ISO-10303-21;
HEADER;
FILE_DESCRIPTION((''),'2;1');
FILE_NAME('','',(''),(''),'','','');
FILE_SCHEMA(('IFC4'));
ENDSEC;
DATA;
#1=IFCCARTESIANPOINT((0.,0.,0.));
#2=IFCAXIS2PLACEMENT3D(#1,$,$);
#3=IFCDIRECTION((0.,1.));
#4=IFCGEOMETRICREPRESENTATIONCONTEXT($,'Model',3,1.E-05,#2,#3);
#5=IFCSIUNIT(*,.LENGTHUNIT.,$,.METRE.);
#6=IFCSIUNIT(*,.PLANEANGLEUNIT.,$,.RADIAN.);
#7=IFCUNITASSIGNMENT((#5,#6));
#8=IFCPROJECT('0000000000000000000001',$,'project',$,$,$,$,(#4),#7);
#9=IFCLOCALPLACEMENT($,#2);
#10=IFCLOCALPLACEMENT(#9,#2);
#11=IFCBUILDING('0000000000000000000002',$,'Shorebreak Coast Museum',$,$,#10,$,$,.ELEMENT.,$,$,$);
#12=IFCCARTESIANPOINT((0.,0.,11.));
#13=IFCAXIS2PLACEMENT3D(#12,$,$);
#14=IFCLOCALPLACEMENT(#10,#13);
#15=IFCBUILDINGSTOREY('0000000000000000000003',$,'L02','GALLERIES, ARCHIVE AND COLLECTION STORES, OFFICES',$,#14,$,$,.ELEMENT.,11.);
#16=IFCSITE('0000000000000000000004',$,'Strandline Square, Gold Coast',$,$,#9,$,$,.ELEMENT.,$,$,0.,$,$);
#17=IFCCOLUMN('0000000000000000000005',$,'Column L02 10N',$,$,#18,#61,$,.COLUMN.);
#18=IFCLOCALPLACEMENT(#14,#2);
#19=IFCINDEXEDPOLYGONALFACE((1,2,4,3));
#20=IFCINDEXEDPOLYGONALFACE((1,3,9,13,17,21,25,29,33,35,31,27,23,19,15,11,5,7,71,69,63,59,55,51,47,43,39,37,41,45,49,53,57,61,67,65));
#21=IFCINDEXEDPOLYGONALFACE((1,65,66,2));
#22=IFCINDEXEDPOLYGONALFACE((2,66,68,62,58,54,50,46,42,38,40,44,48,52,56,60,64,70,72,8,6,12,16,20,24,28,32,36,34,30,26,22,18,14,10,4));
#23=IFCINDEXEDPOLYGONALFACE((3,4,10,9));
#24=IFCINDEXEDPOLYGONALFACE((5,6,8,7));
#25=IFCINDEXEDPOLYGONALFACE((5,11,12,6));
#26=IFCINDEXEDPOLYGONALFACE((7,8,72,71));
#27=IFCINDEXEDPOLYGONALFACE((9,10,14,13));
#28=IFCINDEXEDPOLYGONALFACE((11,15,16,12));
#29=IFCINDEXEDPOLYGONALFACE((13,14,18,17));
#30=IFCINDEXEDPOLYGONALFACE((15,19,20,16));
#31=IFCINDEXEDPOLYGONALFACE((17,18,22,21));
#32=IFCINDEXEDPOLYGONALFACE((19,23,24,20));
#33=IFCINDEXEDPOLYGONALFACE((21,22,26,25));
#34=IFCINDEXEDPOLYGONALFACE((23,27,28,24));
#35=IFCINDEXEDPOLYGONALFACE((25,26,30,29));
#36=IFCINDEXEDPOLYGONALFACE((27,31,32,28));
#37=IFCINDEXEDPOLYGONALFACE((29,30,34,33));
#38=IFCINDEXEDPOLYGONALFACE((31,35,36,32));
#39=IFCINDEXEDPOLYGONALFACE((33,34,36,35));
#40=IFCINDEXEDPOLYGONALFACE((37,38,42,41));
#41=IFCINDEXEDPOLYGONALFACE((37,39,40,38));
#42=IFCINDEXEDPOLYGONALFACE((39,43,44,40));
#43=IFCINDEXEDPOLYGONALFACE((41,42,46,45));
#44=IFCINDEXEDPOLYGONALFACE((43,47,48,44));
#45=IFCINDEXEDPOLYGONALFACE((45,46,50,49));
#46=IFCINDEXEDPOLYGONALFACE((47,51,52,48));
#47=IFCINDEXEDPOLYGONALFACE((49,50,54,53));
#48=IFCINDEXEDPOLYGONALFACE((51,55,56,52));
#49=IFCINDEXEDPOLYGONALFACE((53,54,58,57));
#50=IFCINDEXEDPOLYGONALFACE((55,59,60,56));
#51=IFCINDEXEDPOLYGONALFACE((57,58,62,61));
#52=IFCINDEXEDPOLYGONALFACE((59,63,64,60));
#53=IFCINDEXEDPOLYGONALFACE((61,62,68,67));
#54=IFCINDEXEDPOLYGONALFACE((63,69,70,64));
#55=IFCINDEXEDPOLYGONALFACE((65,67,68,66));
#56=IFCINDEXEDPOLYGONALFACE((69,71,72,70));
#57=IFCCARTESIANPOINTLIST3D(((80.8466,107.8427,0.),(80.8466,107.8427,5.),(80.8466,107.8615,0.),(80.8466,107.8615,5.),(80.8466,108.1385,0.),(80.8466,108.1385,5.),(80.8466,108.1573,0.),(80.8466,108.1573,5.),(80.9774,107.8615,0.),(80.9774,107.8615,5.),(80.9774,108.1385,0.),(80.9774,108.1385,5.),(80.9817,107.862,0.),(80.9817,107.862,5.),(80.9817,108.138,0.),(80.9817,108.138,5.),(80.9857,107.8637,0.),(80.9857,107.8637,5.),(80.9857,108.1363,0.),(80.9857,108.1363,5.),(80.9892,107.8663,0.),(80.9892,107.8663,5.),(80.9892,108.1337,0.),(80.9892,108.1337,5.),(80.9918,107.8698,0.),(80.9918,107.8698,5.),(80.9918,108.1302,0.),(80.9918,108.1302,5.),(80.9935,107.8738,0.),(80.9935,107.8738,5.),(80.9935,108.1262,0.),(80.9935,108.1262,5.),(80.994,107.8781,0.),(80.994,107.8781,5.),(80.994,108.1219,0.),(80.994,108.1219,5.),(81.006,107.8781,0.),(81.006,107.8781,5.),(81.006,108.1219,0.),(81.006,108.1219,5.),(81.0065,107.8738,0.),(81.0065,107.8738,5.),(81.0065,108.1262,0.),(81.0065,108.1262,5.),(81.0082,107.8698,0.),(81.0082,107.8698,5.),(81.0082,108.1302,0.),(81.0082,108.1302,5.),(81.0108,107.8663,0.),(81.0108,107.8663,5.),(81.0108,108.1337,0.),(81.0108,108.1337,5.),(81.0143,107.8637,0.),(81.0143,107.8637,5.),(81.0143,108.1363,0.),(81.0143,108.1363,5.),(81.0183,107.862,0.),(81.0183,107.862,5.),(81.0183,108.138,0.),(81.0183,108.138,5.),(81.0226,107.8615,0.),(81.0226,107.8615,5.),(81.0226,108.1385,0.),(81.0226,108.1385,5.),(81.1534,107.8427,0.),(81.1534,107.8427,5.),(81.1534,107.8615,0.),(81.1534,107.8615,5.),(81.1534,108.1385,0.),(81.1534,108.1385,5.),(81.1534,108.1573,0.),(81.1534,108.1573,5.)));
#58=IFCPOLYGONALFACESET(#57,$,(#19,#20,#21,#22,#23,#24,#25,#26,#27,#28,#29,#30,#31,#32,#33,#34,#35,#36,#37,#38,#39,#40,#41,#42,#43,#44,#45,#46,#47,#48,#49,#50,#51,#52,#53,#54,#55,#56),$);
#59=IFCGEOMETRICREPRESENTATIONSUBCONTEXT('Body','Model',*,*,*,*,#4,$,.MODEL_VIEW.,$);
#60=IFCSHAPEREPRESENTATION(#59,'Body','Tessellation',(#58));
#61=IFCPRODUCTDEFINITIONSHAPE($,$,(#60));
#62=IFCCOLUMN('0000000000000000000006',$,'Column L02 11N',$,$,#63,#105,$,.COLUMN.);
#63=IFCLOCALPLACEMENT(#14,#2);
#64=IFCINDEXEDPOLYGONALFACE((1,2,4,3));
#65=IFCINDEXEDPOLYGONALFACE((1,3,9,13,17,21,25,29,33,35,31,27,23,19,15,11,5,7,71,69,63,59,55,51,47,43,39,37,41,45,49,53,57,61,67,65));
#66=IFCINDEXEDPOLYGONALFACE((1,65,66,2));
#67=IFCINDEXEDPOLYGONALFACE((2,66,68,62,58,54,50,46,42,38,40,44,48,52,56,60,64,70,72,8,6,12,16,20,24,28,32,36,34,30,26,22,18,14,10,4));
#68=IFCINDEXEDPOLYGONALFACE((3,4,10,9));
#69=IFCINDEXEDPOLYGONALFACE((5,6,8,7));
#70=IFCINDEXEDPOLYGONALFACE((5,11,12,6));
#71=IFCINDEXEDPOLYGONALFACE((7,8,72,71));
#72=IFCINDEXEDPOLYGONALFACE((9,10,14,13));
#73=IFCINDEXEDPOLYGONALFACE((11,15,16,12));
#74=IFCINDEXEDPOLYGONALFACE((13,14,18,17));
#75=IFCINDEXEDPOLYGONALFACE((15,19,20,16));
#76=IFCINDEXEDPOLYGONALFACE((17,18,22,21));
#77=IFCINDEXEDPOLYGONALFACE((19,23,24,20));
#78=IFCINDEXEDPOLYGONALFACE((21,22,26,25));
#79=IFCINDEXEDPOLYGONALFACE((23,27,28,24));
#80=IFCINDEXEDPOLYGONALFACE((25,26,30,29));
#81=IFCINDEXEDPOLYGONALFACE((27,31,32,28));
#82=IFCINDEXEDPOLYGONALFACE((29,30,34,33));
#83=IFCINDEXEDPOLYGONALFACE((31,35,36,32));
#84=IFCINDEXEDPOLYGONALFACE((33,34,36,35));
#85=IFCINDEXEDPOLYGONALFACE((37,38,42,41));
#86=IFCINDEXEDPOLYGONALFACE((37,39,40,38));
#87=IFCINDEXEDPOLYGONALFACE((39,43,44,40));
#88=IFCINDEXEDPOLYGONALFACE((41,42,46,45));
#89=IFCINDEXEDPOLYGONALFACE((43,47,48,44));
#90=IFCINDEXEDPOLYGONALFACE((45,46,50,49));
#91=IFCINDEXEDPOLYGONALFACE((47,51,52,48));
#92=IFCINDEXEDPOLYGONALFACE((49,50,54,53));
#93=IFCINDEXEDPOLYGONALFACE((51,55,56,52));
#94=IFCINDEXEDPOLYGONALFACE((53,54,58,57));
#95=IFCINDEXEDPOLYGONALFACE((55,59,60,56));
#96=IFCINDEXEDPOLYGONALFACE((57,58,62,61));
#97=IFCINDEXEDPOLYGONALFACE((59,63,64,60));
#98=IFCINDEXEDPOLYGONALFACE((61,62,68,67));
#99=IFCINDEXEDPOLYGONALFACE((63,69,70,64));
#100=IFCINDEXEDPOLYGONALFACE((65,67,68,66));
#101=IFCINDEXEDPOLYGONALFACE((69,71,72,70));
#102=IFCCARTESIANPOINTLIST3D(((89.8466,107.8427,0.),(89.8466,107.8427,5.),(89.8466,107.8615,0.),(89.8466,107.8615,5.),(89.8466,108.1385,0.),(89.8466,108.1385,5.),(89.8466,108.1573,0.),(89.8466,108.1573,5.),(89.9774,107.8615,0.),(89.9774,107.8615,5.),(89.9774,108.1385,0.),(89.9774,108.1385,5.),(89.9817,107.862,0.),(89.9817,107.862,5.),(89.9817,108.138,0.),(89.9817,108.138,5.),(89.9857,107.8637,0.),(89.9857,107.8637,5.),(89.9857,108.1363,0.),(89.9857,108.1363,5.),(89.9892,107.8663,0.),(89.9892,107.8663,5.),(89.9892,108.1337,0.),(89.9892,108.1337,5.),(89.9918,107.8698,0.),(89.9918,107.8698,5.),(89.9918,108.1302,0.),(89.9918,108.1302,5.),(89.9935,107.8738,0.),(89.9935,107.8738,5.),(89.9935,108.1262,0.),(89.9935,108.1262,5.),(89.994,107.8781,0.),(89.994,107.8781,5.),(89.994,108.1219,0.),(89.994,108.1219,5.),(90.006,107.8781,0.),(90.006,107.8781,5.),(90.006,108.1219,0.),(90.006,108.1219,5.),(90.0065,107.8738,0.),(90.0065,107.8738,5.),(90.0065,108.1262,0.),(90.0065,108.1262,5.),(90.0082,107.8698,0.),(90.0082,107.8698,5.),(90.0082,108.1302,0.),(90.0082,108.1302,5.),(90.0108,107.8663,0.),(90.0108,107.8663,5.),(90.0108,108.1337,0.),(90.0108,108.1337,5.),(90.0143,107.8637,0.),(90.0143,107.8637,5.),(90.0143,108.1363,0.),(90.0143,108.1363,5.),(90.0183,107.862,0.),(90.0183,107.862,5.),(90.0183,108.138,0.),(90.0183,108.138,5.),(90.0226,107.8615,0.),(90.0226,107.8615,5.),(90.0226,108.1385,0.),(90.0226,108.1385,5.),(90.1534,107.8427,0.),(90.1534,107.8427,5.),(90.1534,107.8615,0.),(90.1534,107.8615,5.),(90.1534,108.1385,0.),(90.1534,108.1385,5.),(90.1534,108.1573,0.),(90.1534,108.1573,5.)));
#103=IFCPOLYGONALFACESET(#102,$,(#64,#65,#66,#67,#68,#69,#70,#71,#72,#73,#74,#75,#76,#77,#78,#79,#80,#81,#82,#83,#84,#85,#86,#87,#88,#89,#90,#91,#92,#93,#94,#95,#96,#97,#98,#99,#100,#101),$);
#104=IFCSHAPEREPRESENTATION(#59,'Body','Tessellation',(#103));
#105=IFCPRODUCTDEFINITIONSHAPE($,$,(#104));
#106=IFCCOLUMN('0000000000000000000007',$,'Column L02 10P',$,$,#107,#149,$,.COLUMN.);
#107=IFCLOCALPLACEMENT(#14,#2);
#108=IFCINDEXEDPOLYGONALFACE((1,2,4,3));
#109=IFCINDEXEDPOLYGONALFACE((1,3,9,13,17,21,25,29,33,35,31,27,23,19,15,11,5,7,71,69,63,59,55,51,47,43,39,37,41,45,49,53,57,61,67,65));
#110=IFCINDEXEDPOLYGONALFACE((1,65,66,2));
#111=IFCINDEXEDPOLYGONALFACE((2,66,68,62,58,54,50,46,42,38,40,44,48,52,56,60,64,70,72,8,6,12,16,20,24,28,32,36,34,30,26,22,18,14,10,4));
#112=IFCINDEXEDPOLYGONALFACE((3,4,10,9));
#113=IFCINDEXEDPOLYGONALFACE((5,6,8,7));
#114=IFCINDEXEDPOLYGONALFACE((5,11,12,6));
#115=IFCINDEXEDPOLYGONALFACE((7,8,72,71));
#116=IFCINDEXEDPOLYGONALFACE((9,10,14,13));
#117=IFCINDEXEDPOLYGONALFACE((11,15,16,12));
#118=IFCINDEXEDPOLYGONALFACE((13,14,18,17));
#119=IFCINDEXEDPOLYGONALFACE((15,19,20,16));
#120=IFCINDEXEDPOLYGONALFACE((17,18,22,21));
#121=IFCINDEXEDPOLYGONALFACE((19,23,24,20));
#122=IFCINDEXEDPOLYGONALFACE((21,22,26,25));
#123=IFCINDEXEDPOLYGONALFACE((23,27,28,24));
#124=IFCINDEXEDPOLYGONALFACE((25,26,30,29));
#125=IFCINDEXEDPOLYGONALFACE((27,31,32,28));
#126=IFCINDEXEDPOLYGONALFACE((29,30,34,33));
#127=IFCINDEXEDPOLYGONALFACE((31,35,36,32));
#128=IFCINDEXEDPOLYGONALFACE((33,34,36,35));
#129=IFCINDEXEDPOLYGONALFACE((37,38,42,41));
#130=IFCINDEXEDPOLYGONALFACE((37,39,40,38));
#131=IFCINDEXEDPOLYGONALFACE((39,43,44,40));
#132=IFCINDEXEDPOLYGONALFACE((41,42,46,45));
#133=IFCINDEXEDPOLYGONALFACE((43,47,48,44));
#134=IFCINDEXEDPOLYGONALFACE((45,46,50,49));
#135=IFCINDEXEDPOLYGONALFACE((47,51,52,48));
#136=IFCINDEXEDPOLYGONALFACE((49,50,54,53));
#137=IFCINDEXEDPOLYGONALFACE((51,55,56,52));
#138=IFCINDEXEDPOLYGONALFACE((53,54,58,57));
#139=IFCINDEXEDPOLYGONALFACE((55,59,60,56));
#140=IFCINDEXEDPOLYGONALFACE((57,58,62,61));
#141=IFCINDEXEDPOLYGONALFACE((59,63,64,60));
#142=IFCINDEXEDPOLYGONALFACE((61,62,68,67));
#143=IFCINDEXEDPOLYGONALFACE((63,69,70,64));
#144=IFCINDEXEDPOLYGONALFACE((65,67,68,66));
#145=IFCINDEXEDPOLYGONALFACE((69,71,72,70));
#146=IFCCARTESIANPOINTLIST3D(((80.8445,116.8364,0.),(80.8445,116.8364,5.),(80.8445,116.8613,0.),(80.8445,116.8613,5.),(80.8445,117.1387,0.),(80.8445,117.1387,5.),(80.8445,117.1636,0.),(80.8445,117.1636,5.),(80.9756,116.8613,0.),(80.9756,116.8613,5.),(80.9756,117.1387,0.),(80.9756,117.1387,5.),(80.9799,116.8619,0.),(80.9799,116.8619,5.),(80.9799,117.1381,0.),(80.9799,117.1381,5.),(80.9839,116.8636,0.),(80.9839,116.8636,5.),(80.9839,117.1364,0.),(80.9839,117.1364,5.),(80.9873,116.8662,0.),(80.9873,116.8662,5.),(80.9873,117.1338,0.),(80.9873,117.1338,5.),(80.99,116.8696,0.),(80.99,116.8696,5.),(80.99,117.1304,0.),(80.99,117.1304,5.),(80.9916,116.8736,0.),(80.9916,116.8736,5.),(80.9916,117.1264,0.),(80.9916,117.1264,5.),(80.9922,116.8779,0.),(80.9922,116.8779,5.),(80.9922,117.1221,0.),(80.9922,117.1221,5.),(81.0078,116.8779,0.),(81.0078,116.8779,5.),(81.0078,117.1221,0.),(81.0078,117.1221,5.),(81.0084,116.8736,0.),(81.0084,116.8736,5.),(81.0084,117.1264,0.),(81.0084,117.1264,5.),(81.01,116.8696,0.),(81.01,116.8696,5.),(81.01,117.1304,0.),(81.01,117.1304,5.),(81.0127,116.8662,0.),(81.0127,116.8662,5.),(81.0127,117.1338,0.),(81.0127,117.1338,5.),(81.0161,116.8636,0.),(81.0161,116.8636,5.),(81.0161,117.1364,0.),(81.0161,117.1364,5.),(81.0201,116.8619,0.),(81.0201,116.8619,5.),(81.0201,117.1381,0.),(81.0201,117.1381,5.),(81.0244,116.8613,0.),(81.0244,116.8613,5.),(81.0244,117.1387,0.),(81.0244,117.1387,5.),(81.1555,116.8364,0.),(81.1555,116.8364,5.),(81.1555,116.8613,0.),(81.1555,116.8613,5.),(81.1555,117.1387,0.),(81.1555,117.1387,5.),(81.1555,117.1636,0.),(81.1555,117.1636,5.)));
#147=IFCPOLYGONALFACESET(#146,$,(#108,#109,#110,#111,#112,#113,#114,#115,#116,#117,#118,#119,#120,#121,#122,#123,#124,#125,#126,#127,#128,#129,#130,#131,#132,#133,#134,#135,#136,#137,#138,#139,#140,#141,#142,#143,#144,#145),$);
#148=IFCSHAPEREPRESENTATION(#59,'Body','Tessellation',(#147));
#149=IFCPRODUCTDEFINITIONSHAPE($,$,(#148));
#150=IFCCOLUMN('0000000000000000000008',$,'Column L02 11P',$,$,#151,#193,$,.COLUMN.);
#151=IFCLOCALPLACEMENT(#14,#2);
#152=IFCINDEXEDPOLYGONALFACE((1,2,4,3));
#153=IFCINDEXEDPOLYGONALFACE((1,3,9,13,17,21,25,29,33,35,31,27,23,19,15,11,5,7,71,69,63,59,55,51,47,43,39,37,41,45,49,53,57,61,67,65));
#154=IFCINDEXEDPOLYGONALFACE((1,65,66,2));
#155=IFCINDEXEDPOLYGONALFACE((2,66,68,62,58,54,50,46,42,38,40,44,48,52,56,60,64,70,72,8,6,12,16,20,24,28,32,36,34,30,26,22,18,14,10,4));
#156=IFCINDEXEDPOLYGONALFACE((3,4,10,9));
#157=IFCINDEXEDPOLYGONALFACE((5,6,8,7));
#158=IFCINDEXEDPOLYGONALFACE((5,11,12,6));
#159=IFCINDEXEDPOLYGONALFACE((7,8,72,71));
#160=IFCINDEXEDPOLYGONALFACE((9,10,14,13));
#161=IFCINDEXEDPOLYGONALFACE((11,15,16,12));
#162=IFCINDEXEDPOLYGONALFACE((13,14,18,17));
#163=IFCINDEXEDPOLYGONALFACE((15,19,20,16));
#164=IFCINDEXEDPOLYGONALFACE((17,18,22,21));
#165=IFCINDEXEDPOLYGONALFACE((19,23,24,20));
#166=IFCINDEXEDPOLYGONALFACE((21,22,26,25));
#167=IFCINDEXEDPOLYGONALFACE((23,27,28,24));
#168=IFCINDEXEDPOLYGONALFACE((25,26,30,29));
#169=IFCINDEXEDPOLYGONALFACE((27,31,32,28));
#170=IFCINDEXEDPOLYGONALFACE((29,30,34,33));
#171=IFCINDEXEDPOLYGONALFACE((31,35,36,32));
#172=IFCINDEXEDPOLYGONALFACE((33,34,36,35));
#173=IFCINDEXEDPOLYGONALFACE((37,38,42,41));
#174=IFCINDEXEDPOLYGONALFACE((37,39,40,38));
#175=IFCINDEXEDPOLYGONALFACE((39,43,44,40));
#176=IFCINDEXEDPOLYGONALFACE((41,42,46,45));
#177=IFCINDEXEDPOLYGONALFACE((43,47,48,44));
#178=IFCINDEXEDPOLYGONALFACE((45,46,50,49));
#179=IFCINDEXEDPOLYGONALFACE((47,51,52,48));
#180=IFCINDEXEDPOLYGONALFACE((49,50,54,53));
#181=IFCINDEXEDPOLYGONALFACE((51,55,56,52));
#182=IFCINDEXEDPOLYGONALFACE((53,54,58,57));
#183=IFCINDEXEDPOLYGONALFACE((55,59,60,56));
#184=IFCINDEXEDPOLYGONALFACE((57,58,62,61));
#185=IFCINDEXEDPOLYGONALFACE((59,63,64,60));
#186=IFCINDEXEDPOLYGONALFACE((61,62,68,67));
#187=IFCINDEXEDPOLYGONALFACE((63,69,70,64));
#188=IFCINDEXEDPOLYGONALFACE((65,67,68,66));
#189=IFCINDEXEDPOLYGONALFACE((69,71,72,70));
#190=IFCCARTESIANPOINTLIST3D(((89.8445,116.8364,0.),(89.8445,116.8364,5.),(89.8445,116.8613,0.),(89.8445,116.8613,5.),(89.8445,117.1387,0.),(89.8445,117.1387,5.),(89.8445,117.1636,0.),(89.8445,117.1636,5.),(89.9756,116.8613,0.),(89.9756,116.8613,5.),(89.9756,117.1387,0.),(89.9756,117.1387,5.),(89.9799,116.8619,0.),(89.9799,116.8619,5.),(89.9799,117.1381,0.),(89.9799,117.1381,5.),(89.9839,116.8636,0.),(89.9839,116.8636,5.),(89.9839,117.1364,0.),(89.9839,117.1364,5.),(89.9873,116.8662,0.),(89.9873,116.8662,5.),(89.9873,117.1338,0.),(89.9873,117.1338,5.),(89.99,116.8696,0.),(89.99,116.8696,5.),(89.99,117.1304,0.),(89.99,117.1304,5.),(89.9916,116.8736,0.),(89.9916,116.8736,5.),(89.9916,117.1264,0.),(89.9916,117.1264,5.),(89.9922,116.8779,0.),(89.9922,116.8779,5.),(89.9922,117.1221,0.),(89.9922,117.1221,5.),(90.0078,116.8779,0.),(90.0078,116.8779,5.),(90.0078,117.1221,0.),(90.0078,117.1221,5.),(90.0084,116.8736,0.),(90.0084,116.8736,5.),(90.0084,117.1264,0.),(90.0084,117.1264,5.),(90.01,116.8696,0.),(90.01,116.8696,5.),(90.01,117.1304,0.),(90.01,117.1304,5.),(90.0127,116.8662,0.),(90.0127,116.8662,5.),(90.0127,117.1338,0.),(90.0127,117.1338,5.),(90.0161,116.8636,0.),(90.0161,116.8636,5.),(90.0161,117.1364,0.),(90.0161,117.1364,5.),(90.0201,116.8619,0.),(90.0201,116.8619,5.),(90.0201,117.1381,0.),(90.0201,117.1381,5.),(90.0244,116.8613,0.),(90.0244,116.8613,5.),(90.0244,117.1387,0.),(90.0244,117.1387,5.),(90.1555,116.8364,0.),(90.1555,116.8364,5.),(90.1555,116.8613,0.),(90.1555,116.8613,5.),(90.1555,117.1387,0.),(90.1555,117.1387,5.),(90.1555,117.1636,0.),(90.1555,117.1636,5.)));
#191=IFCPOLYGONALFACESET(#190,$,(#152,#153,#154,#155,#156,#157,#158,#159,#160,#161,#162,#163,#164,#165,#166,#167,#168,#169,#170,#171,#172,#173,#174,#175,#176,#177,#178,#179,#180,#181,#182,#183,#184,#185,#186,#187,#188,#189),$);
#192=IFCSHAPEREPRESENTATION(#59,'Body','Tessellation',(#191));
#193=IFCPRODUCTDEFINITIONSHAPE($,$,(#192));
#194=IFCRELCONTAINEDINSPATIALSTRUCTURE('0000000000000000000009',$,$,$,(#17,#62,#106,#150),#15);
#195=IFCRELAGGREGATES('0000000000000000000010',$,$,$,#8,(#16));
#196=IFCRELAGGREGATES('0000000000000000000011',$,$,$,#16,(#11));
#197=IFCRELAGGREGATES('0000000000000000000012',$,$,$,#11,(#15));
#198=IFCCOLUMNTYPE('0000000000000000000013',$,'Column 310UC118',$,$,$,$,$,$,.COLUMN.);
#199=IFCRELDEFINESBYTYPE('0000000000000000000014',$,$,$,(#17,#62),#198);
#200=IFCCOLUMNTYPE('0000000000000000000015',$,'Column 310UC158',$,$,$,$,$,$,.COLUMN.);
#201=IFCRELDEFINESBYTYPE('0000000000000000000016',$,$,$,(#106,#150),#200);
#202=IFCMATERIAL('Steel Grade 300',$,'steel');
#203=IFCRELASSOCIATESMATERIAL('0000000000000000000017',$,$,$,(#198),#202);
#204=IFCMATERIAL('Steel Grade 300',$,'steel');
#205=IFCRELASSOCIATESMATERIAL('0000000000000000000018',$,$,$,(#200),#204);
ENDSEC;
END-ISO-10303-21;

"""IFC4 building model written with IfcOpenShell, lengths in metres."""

from ifc_helpers import new_model, si_unit, direction, frame, origin, origin_2d, place, context, subcontext, project, spatial, i_section, extrude, material, material_profile, profile_set, type_object, element, save


model = new_model("IFC4")

# Units and contexts
model_context = context("Model", 3, precision=1e-05, world=origin(), true_north=direction((0.0, 1.0)))
body_context = subcontext(model_context, "Body", "Model", "MODEL_VIEW")
ifc_project = project(units=[si_unit("LENGTHUNIT", "METRE"), si_unit("PLANEANGLEUNIT", "RADIAN")], contexts=[model_context])

# Site, building, storey
site_placement = place(None, origin())
site = spatial("IfcSite", under=ifc_project, at=site_placement, Name="Strandline Square, Gold Coast", CompositionType="ELEMENT", RefElevation=0.0)
building_placement = place(site_placement, origin())
building = spatial("IfcBuilding", under=site, at=building_placement, Name="Shorebreak Coast Museum", CompositionType="ELEMENT")
storey_placement = place(building_placement, frame((0.0, 0.0, 11.0)))
storey = spatial("IfcBuildingStorey", under=building, at=storey_placement, Name="L02", Description="GALLERIES, ARCHIVE AND COLLECTION STORES, OFFICES", CompositionType="ELEMENT", Elevation=11.0)

# Columns
ifc_material_1 = material(Name="Steel Grade 300", Category="steel")
ifc_material_profile_1 = material_profile(ifc_material_1, i_section(OverallWidth=0.3069, OverallDepth=0.3147, WebThickness=0.012, FlangeThickness=0.0188, FilletRadius=0.0166, at=origin_2d()), Name="310UC118")
ifc_profile_set_1 = profile_set([ifc_material_profile_1], Name="Steel Grade 300")
column_type_1 = type_object("IfcColumnType", Name="Column 310UC118", PredefinedType="COLUMN", material=ifc_profile_set_1)
for number, where, z_axis, x_axis, name in (
    (1, (81.0, 108.0, 0.0), (0.0, 0.0, 1.0), (1.0, 0.0, 0.0), "Column L02 10N"),
    (2, (90.0, 108.0, 0.0), (0.0, 0.0, 1.0), (1.0, 0.0, 0.0), "Column L02 11N"),
):
    element("IfcColumn", number, at=place(storey_placement, frame(where, z_axis=z_axis, x_axis=x_axis)), inside=storey, type_object=column_type_1, Name=name, PredefinedType="COLUMN", context=body_context, shape_type="SweptSolid", body=[
        extrude(i_section(OverallWidth=0.3069, OverallDepth=0.3147, WebThickness=0.012, FlangeThickness=0.0188, FilletRadius=0.0166, at=origin_2d()), origin(), (0.0, 0.0, 1.0), 5.0),
    ])
ifc_material_2 = material(Name="Steel Grade 300", Category="steel")
ifc_material_profile_2 = material_profile(ifc_material_2, i_section(OverallWidth=0.311, OverallDepth=0.3271, WebThickness=0.0156, FlangeThickness=0.0249, FilletRadius=0.0166, at=origin_2d()), Name="310UC158")
ifc_profile_set_2 = profile_set([ifc_material_profile_2], Name="Steel Grade 300")
column_type_2 = type_object("IfcColumnType", Name="Column 310UC158", PredefinedType="COLUMN", material=ifc_profile_set_2)
for number, where, z_axis, x_axis, name in (
    (3, (81.0, 117.0, 0.0), (0.0, 0.0, 1.0), (1.0, 0.0, 0.0), "Column L02 10P"),
    (4, (90.0, 117.0, 0.0), (0.0, 0.0, 1.0), (1.0, 0.0, 0.0), "Column L02 11P"),
):
    element("IfcColumn", number, at=place(storey_placement, frame(where, z_axis=z_axis, x_axis=x_axis)), inside=storey, type_object=column_type_2, Name=name, PredefinedType="COLUMN", context=body_context, shape_type="SweptSolid", body=[
        extrude(i_section(OverallWidth=0.311, OverallDepth=0.3271, WebThickness=0.0156, FlangeThickness=0.0249, FilletRadius=0.0166, at=origin_2d()), origin(), (0.0, 0.0, 1.0), 5.0),
    ])

save(model, "model.ifc")
